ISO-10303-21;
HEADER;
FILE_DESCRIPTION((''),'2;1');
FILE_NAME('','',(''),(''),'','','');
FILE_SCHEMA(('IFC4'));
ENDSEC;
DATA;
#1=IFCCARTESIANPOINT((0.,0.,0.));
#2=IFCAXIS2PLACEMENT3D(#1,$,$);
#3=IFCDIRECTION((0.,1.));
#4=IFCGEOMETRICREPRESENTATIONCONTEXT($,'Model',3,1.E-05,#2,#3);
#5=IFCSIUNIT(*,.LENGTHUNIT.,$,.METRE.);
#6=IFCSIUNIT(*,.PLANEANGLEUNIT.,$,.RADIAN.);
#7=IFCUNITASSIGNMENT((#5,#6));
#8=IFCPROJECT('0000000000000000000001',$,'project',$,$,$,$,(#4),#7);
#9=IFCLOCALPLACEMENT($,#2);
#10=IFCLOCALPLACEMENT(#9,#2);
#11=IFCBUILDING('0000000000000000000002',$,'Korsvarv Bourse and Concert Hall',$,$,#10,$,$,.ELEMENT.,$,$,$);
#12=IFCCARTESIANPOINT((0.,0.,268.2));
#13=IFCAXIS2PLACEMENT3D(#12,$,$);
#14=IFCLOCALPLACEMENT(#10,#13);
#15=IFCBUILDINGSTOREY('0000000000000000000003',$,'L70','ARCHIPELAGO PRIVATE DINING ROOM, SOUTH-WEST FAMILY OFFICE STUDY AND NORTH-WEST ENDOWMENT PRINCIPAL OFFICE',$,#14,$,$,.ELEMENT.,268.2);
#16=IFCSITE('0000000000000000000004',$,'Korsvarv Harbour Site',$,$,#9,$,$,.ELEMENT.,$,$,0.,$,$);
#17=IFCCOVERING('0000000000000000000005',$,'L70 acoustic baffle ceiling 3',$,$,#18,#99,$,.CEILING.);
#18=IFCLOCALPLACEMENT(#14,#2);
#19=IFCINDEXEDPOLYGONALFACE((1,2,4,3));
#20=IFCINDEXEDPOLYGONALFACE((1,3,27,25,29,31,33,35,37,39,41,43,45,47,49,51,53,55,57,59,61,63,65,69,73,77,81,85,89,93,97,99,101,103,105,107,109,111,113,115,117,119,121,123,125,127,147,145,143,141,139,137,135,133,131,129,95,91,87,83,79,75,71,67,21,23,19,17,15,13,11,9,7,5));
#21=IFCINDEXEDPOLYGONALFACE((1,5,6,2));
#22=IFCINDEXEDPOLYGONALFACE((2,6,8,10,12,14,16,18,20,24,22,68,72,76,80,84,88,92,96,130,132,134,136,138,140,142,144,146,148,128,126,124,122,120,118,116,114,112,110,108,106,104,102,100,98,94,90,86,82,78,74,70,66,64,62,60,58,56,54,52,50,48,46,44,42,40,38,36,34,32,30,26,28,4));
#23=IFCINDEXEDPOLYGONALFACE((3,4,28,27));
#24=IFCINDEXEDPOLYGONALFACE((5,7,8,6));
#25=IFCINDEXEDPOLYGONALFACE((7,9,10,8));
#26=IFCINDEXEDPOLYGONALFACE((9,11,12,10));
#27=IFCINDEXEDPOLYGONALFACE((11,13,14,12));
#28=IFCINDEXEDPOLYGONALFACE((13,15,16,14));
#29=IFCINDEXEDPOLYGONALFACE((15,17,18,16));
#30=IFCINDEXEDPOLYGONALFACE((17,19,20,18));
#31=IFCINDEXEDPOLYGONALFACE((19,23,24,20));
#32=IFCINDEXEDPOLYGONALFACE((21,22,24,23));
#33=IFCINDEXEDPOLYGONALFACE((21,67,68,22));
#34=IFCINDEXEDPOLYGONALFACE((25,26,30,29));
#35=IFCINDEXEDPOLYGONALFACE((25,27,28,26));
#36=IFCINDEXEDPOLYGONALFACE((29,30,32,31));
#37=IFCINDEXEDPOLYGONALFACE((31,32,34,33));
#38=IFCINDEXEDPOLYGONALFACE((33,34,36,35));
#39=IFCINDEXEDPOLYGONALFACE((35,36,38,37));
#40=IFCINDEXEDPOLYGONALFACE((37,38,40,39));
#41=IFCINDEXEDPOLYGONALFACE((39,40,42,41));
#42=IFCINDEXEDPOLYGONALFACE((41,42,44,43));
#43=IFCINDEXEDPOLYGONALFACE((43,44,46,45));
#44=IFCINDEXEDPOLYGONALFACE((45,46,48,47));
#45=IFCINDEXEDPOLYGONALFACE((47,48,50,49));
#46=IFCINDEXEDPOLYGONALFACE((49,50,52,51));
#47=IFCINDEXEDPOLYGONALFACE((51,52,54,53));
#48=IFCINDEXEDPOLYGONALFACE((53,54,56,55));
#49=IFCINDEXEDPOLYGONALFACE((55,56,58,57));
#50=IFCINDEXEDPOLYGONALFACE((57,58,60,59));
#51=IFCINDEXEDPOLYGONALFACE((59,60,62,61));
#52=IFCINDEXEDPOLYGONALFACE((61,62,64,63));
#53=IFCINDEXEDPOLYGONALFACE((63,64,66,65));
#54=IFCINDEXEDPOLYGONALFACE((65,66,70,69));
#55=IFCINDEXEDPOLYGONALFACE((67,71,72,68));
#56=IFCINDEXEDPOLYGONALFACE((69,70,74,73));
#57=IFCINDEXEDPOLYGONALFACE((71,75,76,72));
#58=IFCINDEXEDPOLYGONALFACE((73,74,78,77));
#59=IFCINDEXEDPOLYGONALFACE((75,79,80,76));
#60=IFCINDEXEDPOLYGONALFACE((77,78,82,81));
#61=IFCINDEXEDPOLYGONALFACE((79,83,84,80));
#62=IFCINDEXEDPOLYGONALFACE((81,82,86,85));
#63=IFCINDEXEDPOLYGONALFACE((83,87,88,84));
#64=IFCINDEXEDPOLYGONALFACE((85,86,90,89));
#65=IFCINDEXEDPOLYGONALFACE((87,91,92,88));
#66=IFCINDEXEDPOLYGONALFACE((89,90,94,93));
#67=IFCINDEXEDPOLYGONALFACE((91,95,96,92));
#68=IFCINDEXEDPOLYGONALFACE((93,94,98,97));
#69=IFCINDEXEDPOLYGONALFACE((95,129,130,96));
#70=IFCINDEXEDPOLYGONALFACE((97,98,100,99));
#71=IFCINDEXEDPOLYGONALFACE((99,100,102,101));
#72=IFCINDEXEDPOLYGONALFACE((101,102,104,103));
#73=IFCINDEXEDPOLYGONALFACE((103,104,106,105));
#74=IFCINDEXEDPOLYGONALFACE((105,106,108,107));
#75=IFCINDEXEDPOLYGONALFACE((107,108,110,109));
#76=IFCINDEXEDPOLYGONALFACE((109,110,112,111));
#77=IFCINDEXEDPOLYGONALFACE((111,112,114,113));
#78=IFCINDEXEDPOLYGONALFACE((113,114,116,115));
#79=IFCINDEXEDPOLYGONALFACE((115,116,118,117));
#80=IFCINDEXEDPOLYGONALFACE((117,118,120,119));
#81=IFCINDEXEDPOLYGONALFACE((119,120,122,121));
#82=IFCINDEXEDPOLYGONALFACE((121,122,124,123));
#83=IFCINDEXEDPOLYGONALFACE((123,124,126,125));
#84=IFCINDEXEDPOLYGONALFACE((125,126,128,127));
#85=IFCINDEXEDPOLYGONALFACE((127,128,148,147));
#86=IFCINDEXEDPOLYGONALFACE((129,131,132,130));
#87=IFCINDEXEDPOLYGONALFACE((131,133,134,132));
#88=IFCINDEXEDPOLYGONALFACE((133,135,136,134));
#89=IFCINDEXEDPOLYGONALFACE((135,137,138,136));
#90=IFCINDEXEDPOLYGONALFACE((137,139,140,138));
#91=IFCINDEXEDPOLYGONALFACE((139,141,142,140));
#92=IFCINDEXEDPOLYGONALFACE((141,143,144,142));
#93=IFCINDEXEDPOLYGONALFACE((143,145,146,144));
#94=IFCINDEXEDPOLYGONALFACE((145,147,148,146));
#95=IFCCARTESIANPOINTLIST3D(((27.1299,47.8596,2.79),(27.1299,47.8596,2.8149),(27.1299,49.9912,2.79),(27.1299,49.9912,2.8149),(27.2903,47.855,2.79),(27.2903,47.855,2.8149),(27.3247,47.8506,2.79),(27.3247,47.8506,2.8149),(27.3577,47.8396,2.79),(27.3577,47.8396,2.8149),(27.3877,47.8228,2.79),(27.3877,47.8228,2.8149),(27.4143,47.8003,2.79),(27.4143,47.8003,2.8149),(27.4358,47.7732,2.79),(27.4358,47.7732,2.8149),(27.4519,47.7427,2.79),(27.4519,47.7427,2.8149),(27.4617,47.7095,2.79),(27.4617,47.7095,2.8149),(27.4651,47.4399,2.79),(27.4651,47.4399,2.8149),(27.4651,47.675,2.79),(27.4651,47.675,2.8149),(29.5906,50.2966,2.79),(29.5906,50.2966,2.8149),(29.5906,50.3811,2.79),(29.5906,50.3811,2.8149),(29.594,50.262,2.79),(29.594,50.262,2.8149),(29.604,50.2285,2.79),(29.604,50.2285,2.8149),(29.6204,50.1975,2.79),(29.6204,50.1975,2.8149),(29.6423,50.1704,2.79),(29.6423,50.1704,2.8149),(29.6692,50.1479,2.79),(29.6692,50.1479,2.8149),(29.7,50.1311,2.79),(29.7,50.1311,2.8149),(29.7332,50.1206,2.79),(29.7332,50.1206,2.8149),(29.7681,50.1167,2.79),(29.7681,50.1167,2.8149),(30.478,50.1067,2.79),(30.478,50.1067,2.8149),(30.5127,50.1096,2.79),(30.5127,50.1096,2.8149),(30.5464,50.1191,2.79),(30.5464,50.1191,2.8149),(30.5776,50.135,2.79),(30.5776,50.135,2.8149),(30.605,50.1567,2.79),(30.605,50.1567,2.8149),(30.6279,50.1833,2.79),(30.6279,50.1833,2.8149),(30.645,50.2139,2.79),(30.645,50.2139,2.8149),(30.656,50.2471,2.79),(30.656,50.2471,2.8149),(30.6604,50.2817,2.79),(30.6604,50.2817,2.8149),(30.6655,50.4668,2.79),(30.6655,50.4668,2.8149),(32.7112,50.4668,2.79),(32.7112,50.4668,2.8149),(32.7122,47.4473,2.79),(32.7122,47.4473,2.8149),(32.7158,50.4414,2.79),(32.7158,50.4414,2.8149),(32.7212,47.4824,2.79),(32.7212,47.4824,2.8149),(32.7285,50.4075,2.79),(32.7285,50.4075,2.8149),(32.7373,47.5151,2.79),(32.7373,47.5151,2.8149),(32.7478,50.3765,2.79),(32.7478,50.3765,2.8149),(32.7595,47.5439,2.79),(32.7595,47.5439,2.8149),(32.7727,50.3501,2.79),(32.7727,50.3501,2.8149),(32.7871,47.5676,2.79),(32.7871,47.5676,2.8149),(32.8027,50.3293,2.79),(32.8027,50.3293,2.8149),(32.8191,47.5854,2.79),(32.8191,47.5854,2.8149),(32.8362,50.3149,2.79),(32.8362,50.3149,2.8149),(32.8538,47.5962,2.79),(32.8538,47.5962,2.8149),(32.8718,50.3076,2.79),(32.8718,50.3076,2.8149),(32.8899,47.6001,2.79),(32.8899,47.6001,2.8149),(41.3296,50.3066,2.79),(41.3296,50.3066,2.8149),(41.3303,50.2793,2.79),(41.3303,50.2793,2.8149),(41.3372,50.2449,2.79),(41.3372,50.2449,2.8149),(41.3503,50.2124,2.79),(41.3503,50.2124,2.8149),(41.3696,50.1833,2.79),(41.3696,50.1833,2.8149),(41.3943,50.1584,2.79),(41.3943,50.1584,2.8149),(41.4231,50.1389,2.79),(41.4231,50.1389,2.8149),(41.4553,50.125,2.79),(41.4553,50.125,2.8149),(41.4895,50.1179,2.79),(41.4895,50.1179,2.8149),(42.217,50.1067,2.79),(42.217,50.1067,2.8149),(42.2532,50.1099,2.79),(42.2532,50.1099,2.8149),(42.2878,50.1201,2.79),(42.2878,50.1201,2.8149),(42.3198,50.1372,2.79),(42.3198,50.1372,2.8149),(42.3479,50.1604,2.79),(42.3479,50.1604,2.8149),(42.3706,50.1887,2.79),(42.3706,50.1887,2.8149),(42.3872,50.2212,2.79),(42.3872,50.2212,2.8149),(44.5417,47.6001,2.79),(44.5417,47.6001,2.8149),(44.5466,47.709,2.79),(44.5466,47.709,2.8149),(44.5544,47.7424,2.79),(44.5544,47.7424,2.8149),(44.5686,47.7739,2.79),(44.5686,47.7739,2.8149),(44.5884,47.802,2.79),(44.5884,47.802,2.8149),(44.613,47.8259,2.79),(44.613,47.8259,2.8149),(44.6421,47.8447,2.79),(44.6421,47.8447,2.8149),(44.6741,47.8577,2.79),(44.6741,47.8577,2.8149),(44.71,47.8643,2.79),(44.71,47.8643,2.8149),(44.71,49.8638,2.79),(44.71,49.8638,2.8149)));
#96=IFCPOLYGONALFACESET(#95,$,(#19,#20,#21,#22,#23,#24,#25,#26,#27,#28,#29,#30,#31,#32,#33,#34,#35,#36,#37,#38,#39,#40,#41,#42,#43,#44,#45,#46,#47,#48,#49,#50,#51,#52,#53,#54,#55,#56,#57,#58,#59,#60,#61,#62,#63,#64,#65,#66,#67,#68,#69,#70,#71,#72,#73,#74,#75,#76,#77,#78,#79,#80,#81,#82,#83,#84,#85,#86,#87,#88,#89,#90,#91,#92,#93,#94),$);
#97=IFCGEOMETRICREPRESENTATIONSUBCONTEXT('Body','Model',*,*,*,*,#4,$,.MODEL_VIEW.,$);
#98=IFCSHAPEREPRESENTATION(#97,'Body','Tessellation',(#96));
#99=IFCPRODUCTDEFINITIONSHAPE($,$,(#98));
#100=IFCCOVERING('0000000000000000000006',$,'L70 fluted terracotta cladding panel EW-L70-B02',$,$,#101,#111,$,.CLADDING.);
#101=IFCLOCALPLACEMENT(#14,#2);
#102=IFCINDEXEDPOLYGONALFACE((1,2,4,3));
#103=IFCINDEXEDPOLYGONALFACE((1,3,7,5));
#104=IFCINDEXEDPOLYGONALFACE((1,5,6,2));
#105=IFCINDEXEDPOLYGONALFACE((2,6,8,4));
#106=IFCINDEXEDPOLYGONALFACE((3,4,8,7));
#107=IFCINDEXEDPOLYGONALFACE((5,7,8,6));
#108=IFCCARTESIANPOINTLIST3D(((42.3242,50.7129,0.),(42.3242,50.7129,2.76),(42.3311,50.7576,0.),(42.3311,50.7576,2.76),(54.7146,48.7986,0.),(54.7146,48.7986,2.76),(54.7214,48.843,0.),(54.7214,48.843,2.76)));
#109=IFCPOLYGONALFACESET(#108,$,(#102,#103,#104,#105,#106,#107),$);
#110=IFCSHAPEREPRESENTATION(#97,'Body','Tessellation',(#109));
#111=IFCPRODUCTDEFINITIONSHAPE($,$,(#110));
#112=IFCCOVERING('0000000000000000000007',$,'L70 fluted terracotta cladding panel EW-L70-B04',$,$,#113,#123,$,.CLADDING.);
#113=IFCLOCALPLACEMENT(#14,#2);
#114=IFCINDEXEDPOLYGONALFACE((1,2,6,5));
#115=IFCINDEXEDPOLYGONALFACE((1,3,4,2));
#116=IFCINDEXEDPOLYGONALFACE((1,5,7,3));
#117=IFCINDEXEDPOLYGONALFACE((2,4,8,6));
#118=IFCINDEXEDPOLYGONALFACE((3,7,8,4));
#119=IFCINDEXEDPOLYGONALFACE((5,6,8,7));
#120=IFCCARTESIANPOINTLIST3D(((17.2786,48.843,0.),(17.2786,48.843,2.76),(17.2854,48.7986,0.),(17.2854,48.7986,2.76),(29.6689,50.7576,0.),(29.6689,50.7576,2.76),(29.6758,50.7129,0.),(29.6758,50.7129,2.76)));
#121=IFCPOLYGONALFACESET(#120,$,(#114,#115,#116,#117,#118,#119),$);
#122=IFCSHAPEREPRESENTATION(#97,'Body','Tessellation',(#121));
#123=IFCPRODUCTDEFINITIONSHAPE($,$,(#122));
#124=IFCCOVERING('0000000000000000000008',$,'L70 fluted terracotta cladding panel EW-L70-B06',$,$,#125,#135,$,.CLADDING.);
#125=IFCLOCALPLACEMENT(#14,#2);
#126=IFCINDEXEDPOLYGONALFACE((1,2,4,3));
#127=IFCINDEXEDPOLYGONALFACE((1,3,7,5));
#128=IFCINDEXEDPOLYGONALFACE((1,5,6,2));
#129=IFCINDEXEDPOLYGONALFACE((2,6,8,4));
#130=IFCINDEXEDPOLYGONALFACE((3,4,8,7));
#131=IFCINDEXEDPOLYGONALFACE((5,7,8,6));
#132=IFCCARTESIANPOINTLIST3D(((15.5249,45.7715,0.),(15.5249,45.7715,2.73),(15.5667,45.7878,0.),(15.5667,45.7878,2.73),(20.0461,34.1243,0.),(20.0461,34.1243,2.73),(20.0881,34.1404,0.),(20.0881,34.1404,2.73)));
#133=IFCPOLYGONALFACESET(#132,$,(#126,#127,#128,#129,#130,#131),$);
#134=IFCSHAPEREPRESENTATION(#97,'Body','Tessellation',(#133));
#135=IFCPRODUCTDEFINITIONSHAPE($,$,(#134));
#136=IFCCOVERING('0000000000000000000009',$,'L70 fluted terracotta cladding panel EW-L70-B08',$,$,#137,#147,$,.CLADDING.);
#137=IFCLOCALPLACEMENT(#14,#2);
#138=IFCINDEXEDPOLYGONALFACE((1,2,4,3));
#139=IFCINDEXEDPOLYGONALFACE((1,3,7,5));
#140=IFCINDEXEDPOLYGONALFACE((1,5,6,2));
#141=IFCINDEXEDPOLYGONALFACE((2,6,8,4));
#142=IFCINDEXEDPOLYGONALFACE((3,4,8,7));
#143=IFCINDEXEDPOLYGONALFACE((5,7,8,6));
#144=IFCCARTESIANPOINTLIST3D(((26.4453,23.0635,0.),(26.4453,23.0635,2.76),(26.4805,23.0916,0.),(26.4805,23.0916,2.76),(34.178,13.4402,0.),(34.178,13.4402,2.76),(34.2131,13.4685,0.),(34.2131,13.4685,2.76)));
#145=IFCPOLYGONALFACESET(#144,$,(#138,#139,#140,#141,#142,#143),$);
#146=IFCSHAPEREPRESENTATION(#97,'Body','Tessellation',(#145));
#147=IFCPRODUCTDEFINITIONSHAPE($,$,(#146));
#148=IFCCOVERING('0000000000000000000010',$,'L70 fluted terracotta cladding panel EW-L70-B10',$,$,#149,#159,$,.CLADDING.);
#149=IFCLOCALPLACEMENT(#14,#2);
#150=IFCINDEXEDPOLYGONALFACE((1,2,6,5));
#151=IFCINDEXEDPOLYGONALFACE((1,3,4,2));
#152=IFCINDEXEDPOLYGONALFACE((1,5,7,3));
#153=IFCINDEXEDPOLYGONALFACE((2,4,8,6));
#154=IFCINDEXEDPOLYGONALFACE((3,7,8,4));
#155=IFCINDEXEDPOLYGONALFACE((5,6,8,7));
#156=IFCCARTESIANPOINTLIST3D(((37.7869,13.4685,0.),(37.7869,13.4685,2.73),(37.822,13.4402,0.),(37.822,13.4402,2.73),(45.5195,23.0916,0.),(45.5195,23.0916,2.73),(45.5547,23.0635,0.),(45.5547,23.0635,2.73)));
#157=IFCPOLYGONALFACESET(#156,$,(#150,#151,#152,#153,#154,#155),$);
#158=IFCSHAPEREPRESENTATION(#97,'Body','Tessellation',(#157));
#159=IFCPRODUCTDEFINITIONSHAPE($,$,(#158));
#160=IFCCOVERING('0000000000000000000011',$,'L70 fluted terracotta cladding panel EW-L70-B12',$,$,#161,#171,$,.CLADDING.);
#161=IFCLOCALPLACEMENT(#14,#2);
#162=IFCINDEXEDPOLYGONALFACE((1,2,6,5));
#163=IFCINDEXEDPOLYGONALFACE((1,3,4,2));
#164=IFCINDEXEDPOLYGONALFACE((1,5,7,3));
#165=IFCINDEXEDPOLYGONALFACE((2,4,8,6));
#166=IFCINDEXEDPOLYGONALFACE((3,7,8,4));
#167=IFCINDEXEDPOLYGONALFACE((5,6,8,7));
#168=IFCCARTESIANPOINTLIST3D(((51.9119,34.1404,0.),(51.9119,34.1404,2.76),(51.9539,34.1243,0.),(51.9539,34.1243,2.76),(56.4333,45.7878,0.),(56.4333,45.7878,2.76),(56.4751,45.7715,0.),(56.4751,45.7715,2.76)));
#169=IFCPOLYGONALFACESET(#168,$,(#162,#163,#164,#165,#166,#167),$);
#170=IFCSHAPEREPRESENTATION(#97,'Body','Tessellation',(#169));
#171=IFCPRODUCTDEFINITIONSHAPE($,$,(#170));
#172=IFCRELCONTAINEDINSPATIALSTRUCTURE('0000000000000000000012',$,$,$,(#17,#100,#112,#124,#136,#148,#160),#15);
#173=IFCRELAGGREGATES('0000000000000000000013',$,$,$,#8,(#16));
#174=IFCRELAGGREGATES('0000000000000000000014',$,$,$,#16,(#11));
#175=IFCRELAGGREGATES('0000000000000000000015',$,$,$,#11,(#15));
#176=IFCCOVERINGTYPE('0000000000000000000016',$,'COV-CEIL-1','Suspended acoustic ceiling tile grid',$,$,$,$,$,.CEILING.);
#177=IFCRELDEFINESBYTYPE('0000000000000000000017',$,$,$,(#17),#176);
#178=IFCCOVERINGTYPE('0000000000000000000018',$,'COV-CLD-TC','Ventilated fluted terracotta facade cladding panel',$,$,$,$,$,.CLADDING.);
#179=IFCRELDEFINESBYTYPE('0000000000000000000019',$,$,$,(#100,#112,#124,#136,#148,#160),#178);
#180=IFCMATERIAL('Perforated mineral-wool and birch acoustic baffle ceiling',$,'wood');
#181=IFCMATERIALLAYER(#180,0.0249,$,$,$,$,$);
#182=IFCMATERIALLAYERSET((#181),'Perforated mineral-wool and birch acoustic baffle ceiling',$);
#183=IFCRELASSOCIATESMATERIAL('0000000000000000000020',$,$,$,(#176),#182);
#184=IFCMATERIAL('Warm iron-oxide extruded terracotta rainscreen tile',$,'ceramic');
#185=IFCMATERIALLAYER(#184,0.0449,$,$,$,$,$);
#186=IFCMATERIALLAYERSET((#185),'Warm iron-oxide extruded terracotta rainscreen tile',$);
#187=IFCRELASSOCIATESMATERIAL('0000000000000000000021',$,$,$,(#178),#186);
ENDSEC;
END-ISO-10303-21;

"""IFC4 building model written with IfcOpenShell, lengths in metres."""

from ifc_helpers import new_model, si_unit, direction, frame, origin, place, context, subcontext, project, spatial, polyline, outline, extrude, material, layer, layer_set, type_object, element, save


model = new_model("IFC4")

# Units and contexts
model_context = context("Model", 3, precision=1e-05, world=origin(), true_north=direction((0.0, 1.0)))
body_context = subcontext(model_context, "Body", "Model", "MODEL_VIEW")
ifc_project = project(units=[si_unit("LENGTHUNIT", "METRE"), si_unit("PLANEANGLEUNIT", "RADIAN")], contexts=[model_context])

# Site, building, storey
site_placement = place(None, origin())
site = spatial("IfcSite", under=ifc_project, at=site_placement, Name="Korsvarv Harbour Site", CompositionType="ELEMENT", RefElevation=0.0)
building_placement = place(site_placement, origin())
building = spatial("IfcBuilding", under=site, at=building_placement, Name="Korsvarv Bourse and Concert Hall", CompositionType="ELEMENT")
storey_placement = place(building_placement, frame((0.0, 0.0, 268.2)))
storey = spatial("IfcBuildingStorey", under=building, at=storey_placement, Name="L70", Description="ARCHIPELAGO PRIVATE DINING ROOM, SOUTH-WEST FAMILY OFFICE STUDY AND NORTH-WEST ENDOWMENT PRINCIPAL OFFICE", CompositionType="ELEMENT", Elevation=268.2)

# Coverings
ifc_material_1 = material(Name="Perforated mineral-wool and birch acoustic baffle ceiling", Category="wood")
ifc_layer_1 = layer(ifc_material_1, 0.0249)
ifc_layer_set_1 = layer_set([ifc_layer_1], Name="Perforated mineral-wool and birch acoustic baffle ceiling")
covering_type_1 = type_object("IfcCoveringType", Name="COV-CEIL-1", Description="Suspended acoustic ceiling tile grid", PredefinedType="CEILING", material=ifc_layer_set_1)
covering_1_placement = place(storey_placement, frame((0.0, 0.0, 2.79)))
element("IfcCovering", 1, at=covering_1_placement, inside=storey, type_object=covering_type_1, Name="L70 acoustic baffle ceiling 3", PredefinedType="CEILING", context=body_context, shape_type="SweptSolid", body=[
    extrude(outline(polyline([(29.5906, 50.3811), (29.5906, 50.2966), (29.594, 50.262), (29.604, 50.2285), (29.6204, 50.1975), (29.6423, 50.1704), (29.6692, 50.1479), (29.7, 50.1311), (29.7332, 50.1206), (29.7681, 50.1167), (30.478, 50.1067), (30.5127, 50.1096), (30.5464, 50.1191), (30.5776, 50.135), (30.605, 50.1567), (30.6279, 50.1833), (30.645, 50.2139), (30.656, 50.2471), (30.6604, 50.2817), (30.6655, 50.4668), (32.7112, 50.4668), (32.7158, 50.4414), (32.7285, 50.4075), (32.7478, 50.3765), (32.7727, 50.3501), (32.8027, 50.3293), (32.8362, 50.3149), (32.8718, 50.3076), (41.3296, 50.3066), (41.3303, 50.2793), (41.3372, 50.2449), (41.3503, 50.2124), (41.3696, 50.1833), (41.3943, 50.1584), (41.4231, 50.1389), (41.4553, 50.125), (41.4895, 50.1179), (42.217, 50.1067), (42.2532, 50.1099), (42.2878, 50.1201), (42.3198, 50.1372), (42.3479, 50.1604), (42.3706, 50.1887), (42.3872, 50.2212), (44.71, 49.8638), (44.71, 47.8643), (44.6741, 47.8577), (44.6421, 47.8447), (44.613, 47.8259), (44.5884, 47.802), (44.5686, 47.7739), (44.5544, 47.7424), (44.5466, 47.709), (44.5417, 47.6001), (32.8899, 47.6001), (32.8538, 47.5962), (32.8191, 47.5854), (32.7871, 47.5676), (32.7595, 47.5439), (32.7373, 47.5151), (32.7212, 47.4824), (32.7122, 47.4473), (27.4651, 47.4399), (27.4651, 47.675), (27.4617, 47.7095), (27.4519, 47.7427), (27.4358, 47.7732), (27.4143, 47.8003), (27.3877, 47.8228), (27.3577, 47.8396), (27.3247, 47.8506), (27.2903, 47.855), (27.1299, 47.8596), (27.1299, 49.9912), (29.5906, 50.3811)])), origin(), (0.0, 0.0, 1.0), 0.0249),
])
ifc_material_2 = material(Name="Warm iron-oxide extruded terracotta rainscreen tile", Category="ceramic")
ifc_layer_2 = layer(ifc_material_2, 0.0449)
ifc_layer_set_2 = layer_set([ifc_layer_2], Name="Warm iron-oxide extruded terracotta rainscreen tile")
covering_type_2 = type_object("IfcCoveringType", Name="COV-CLD-TC", Description="Ventilated fluted terracotta facade cladding panel", PredefinedType="CLADDING", material=ifc_layer_set_2)
covering_2_placement = place(storey_placement, origin())
element("IfcCovering", 2, at=covering_2_placement, inside=storey, type_object=covering_type_2, Name="L70 fluted terracotta cladding panel EW-L70-B02", PredefinedType="CLADDING", context=body_context, shape_type="SweptSolid", body=[
    extrude(outline(polyline([(54.7146, 48.7986), (42.3242, 50.7129), (42.3311, 50.7576), (54.7214, 48.843), (54.7146, 48.7986)])), origin(), (0.0, 0.0, 1.0), 2.76),
])
covering_3_placement = place(storey_placement, origin())
element("IfcCovering", 3, at=covering_3_placement, inside=storey, type_object=covering_type_2, Name="L70 fluted terracotta cladding panel EW-L70-B04", PredefinedType="CLADDING", context=body_context, shape_type="SweptSolid", body=[
    extrude(outline(polyline([(29.6758, 50.7129), (17.2854, 48.7986), (17.2786, 48.843), (29.6689, 50.7576), (29.6758, 50.7129)])), origin(), (0.0, 0.0, 1.0), 2.76),
])
covering_4_placement = place(storey_placement, origin())
element("IfcCovering", 4, at=covering_4_placement, inside=storey, type_object=covering_type_2, Name="L70 fluted terracotta cladding panel EW-L70-B06", PredefinedType="CLADDING", context=body_context, shape_type="SweptSolid", body=[
    extrude(outline(polyline([(15.5667, 45.7878), (20.0881, 34.1404), (20.0461, 34.1243), (15.5249, 45.7715), (15.5667, 45.7878)])), origin(), (0.0, 0.0, 1.0), 2.73),
])
covering_5_placement = place(storey_placement, origin())
element("IfcCovering", 5, at=covering_5_placement, inside=storey, type_object=covering_type_2, Name="L70 fluted terracotta cladding panel EW-L70-B08", PredefinedType="CLADDING", context=body_context, shape_type="SweptSolid", body=[
    extrude(outline(polyline([(26.4805, 23.0916), (34.2131, 13.4685), (34.178, 13.4402), (26.4453, 23.0635), (26.4805, 23.0916)])), origin(), (0.0, 0.0, 1.0), 2.76),
])
covering_6_placement = place(storey_placement, origin())
element("IfcCovering", 6, at=covering_6_placement, inside=storey, type_object=covering_type_2, Name="L70 fluted terracotta cladding panel EW-L70-B10", PredefinedType="CLADDING", context=body_context, shape_type="SweptSolid", body=[
    extrude(outline(polyline([(37.7869, 13.4685), (45.5195, 23.0916), (45.5547, 23.0635), (37.822, 13.4402), (37.7869, 13.4685)])), origin(), (0.0, 0.0, 1.0), 2.73),
])
covering_7_placement = place(storey_placement, origin())
element("IfcCovering", 7, at=covering_7_placement, inside=storey, type_object=covering_type_2, Name="L70 fluted terracotta cladding panel EW-L70-B12", PredefinedType="CLADDING", context=body_context, shape_type="SweptSolid", body=[
    extrude(outline(polyline([(51.9119, 34.1404), (56.4333, 45.7878), (56.4751, 45.7715), (51.9539, 34.1243), (51.9119, 34.1404)])), origin(), (0.0, 0.0, 1.0), 2.76),
])

save(model, "model.ifc")
